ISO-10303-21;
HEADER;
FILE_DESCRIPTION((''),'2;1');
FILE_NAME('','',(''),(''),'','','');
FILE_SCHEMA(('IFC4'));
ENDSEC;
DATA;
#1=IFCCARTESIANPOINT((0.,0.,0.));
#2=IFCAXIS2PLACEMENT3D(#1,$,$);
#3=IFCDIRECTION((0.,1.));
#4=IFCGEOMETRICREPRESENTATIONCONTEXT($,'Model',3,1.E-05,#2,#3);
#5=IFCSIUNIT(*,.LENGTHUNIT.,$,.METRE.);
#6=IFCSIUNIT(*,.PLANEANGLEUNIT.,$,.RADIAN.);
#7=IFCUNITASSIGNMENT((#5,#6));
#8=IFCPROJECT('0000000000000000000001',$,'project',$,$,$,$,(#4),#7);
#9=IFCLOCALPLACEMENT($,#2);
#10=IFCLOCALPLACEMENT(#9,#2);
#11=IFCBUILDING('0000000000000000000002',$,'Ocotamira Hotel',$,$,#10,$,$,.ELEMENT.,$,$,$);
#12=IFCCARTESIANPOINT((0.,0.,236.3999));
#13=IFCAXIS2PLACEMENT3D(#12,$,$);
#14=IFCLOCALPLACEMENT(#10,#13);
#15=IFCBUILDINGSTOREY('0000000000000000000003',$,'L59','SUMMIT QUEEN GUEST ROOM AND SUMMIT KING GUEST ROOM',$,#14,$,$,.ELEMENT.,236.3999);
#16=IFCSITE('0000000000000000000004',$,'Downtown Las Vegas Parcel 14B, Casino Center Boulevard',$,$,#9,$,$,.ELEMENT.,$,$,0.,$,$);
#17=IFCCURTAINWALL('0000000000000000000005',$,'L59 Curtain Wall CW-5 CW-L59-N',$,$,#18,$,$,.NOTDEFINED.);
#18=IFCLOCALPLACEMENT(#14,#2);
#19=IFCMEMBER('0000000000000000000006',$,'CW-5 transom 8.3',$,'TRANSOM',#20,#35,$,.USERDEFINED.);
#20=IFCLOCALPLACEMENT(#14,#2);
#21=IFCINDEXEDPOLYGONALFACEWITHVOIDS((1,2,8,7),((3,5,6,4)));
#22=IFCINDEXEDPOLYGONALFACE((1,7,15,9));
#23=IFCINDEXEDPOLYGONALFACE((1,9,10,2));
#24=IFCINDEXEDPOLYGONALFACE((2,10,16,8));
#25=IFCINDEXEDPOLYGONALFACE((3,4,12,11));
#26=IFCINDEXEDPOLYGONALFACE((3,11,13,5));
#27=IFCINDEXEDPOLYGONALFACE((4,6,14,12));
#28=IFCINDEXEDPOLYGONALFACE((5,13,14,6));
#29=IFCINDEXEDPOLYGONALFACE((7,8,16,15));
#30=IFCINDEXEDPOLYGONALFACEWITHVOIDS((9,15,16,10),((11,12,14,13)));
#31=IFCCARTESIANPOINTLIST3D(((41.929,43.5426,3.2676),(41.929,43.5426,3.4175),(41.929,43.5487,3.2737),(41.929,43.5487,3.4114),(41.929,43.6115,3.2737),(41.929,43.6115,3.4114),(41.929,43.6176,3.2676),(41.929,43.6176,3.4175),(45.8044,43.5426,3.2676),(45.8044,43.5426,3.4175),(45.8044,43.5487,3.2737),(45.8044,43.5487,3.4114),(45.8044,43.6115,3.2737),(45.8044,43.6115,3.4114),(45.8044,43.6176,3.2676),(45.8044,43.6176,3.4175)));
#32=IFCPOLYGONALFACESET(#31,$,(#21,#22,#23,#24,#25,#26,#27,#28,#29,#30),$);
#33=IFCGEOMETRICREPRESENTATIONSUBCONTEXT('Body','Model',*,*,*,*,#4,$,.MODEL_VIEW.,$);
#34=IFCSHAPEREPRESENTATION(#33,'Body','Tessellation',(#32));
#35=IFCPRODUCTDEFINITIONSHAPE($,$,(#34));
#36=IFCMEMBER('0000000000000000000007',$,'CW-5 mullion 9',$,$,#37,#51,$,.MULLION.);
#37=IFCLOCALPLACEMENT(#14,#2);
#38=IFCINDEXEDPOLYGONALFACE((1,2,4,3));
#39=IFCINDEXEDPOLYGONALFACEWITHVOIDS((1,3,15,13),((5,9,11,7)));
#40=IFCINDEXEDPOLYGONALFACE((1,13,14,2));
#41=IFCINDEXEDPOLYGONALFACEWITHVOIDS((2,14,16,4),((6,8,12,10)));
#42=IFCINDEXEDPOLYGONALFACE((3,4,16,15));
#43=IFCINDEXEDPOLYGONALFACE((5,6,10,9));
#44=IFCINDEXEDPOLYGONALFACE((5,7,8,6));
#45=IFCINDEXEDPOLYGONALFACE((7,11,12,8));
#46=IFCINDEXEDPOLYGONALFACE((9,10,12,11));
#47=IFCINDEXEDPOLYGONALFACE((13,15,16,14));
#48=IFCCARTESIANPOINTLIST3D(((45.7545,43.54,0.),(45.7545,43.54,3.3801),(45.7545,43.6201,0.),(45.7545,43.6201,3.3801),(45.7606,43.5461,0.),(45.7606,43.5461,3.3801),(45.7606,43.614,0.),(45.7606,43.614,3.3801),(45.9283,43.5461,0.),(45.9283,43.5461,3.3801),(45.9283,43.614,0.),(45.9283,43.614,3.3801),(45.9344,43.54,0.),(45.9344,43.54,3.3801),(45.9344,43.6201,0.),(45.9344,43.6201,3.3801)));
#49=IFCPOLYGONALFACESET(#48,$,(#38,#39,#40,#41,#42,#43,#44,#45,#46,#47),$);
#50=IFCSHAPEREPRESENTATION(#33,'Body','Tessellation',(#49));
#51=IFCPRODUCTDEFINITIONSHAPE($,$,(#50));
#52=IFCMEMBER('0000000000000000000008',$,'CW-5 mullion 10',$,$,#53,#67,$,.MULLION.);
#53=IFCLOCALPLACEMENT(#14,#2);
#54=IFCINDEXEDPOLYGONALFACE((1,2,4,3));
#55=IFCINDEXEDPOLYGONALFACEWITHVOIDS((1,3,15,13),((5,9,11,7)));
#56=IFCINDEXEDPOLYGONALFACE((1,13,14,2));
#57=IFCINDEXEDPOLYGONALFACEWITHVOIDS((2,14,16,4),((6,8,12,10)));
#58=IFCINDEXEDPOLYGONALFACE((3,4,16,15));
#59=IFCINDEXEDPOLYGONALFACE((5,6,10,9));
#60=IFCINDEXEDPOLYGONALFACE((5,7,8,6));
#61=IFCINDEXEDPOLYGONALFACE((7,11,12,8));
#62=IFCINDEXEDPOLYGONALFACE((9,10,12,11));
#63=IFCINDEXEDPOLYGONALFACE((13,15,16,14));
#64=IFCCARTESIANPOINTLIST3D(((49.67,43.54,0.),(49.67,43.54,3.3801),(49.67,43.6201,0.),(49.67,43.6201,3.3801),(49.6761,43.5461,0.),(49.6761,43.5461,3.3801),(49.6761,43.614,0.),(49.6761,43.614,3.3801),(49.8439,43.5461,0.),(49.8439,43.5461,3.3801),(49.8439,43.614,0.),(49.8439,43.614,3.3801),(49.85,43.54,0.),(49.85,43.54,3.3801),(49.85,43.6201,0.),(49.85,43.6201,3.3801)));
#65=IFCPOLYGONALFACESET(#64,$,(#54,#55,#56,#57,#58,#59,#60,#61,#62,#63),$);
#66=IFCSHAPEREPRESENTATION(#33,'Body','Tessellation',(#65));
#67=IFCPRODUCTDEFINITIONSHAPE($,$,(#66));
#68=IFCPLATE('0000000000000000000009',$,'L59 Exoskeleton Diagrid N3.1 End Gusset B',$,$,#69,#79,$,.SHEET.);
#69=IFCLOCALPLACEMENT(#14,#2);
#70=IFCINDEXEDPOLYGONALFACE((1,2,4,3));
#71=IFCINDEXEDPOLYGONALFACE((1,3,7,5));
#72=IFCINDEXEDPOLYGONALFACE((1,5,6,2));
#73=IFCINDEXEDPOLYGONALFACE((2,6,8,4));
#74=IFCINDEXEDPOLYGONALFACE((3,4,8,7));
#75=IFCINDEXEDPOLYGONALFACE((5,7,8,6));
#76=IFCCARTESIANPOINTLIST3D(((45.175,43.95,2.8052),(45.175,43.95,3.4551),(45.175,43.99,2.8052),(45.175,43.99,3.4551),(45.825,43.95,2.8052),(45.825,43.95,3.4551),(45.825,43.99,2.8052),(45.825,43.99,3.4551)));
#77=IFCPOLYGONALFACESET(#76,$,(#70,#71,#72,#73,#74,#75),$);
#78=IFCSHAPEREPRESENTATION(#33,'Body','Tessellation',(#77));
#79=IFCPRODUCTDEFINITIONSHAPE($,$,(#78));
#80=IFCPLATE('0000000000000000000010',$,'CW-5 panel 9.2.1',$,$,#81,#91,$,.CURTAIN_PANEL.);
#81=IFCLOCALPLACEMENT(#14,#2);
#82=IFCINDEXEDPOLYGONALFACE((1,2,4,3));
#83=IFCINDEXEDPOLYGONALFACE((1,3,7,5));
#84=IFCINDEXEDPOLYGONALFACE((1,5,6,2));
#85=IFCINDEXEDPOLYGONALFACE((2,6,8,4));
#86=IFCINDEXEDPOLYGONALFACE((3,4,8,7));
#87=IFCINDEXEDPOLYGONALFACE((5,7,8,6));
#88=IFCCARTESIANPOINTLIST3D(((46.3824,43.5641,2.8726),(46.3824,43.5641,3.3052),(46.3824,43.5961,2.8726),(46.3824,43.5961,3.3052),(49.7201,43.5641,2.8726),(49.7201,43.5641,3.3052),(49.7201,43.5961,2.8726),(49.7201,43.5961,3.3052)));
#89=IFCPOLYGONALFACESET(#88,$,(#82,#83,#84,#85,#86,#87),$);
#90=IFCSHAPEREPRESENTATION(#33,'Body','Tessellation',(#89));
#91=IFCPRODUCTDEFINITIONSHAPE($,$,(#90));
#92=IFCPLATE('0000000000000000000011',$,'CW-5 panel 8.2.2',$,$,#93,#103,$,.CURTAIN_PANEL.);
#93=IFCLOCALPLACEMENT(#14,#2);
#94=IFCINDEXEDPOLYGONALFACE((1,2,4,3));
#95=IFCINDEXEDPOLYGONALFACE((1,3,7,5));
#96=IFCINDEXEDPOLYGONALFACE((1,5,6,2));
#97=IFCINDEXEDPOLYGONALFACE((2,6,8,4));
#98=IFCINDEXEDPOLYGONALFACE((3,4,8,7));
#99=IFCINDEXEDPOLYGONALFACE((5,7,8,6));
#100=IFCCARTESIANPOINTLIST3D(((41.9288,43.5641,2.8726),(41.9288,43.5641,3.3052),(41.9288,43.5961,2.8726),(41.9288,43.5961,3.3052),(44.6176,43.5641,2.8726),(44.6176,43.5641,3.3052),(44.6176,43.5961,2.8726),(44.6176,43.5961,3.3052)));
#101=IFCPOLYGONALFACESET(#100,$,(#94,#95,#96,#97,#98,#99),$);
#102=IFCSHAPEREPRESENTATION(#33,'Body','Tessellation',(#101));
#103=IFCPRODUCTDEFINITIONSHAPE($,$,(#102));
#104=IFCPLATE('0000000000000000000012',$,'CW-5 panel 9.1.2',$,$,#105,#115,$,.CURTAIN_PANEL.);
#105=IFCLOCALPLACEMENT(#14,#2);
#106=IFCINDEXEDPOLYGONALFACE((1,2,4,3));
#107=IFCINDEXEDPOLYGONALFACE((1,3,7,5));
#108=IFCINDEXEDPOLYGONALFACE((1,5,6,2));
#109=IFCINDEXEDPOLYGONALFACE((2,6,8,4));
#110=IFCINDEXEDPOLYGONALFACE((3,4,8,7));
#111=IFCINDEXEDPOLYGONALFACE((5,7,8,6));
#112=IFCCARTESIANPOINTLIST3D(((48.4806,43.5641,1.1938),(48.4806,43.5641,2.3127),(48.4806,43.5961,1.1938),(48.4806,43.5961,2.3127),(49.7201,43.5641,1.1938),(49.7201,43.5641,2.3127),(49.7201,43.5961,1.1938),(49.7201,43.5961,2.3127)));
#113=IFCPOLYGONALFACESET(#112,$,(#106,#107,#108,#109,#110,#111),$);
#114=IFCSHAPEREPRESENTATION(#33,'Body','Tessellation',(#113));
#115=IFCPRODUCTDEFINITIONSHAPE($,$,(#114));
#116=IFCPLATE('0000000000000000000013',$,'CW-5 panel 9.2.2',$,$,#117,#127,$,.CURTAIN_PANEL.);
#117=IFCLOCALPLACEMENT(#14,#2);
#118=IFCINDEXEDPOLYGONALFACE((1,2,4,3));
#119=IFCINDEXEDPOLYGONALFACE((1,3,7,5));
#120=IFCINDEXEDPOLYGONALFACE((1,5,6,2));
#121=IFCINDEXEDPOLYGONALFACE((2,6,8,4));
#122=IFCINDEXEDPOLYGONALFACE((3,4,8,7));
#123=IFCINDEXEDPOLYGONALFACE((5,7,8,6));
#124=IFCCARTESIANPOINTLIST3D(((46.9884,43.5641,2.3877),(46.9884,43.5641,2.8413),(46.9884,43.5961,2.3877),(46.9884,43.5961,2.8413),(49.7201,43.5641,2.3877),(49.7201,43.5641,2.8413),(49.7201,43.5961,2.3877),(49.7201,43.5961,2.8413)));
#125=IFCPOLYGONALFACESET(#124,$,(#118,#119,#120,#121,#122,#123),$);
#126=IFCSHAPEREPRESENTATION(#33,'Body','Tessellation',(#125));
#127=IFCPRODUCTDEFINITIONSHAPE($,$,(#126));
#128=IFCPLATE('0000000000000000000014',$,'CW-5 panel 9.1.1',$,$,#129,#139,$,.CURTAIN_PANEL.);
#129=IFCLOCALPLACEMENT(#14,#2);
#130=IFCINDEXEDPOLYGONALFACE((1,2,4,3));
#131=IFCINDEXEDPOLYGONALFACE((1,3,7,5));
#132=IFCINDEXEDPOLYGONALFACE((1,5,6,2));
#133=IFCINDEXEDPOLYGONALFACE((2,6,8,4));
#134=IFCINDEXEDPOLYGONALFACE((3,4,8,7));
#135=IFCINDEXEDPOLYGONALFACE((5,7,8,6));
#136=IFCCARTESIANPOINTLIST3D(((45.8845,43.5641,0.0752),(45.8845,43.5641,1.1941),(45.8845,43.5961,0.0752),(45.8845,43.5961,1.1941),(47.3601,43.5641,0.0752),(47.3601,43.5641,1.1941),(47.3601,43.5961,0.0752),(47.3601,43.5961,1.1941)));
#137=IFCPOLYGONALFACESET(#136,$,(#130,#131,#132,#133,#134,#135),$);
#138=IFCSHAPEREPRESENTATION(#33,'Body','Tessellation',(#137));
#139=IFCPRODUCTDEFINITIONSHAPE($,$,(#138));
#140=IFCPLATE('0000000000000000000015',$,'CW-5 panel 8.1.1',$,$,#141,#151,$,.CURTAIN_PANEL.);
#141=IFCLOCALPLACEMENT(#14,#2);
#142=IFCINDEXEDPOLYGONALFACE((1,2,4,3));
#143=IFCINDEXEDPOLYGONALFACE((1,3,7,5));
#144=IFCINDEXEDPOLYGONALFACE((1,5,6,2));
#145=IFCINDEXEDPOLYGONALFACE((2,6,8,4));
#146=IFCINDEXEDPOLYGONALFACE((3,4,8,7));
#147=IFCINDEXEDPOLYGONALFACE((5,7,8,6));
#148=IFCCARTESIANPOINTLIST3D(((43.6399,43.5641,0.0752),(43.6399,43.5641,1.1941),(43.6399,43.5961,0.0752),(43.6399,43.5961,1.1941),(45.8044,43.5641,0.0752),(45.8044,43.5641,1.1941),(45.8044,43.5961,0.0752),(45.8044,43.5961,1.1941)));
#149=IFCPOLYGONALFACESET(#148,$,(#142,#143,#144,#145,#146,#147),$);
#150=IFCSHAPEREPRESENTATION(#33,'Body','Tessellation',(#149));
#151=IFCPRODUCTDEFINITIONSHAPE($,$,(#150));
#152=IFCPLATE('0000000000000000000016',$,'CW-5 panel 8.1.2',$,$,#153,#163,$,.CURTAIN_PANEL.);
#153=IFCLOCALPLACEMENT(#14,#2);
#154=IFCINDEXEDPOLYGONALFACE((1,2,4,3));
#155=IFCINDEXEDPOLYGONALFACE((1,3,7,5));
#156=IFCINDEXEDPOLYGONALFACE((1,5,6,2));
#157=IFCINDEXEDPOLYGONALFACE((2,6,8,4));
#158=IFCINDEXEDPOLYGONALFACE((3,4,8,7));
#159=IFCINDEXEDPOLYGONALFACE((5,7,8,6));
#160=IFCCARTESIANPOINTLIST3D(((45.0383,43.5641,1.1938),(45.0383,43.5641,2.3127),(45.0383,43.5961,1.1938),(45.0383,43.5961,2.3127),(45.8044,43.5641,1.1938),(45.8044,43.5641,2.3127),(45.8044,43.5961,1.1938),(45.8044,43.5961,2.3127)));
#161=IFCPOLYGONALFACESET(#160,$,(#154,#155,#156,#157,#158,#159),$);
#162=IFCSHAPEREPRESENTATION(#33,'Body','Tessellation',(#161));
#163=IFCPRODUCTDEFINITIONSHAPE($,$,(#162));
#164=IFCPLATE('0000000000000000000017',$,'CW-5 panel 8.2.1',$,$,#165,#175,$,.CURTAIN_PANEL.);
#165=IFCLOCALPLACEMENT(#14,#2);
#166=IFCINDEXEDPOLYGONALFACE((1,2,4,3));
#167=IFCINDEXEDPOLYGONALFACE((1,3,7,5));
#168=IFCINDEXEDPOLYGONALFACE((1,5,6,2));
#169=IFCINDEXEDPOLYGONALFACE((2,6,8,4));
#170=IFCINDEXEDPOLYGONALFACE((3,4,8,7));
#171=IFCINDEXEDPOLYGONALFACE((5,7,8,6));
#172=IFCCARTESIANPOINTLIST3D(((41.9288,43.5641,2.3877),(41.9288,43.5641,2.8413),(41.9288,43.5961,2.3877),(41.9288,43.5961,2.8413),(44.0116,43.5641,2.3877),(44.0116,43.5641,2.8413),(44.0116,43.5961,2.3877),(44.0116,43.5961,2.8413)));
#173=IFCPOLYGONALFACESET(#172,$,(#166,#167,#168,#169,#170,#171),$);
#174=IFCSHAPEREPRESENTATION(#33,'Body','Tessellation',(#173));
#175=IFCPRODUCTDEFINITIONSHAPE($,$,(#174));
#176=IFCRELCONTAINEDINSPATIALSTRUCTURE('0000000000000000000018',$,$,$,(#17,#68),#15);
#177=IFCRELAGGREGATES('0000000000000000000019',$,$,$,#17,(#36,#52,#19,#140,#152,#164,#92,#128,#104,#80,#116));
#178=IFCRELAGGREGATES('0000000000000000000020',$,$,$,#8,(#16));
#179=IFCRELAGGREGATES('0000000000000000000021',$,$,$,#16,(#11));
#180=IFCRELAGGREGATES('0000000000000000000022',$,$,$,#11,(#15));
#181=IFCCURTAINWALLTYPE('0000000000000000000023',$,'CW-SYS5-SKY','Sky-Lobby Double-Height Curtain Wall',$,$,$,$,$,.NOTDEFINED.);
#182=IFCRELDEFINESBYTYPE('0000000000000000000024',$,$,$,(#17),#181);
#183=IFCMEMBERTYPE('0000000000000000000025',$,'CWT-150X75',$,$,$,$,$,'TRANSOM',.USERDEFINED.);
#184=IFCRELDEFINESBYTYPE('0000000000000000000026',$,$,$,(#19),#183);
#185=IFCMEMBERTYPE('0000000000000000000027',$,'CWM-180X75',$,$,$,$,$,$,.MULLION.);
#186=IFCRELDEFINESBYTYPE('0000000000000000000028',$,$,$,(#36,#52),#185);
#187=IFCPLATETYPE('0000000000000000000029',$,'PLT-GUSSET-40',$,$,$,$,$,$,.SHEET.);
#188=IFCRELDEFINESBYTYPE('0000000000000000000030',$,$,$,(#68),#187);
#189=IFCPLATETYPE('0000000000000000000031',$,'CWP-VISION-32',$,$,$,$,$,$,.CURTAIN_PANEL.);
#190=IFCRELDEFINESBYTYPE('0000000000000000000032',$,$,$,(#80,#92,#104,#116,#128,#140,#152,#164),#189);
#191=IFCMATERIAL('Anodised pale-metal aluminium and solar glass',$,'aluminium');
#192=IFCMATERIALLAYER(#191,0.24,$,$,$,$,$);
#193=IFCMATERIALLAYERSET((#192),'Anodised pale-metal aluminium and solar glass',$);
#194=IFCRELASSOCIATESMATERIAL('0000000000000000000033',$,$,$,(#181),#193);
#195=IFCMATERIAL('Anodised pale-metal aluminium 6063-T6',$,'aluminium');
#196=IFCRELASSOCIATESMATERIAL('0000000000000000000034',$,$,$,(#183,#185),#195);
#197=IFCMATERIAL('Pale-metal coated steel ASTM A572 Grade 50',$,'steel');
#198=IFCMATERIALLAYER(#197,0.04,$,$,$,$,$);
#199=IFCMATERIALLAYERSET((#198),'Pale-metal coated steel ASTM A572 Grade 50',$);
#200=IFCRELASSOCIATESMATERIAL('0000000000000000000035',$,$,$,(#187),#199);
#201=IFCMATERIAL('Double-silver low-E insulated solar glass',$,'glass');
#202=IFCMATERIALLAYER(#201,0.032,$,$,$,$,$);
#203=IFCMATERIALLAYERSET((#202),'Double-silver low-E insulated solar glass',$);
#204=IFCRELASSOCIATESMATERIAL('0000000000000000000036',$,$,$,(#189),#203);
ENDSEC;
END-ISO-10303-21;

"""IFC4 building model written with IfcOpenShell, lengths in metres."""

from ifc_helpers import new_model, si_unit, direction, frame, origin, origin_2d, place, context, subcontext, project, spatial, rectangle, hollow_rectangle, extrude, source, transform, mapped, material, layer, layer_set, material_profile, profile_set, type_object, element, aggregate, save


model = new_model("IFC4")

# Units and contexts
model_context = context("Model", 3, precision=1e-05, world=origin(), true_north=direction((0.0, 1.0)))
body_context = subcontext(model_context, "Body", "Model", "MODEL_VIEW")
ifc_project = project(units=[si_unit("LENGTHUNIT", "METRE"), si_unit("PLANEANGLEUNIT", "RADIAN")], contexts=[model_context])

# Site, building, storey
site_placement = place(None, origin())
site = spatial("IfcSite", under=ifc_project, at=site_placement, Name="Downtown Las Vegas Parcel 14B, Casino Center Boulevard", CompositionType="ELEMENT", RefElevation=0.0)
building_placement = place(site_placement, origin())
building = spatial("IfcBuilding", under=site, at=building_placement, Name="Ocotamira Hotel", CompositionType="ELEMENT")
storey_placement = place(building_placement, frame((0.0, 0.0, 236.3999)))
storey = spatial("IfcBuildingStorey", under=building, at=storey_placement, Name="L59", Description="SUMMIT QUEEN GUEST ROOM AND SUMMIT KING GUEST ROOM", CompositionType="ELEMENT", Elevation=236.3999)

# Curtain wall, members
ifc_material_1 = material(Name="Anodised pale-metal aluminium and solar glass", Category="aluminium")
ifc_layer_1 = layer(ifc_material_1, 0.24)
ifc_layer_set_1 = layer_set([ifc_layer_1], Name="Anodised pale-metal aluminium and solar glass")
curtain_wall_type = type_object("IfcCurtainWallType", Name="CW-SYS5-SKY", Description="Sky-Lobby Double-Height Curtain Wall", PredefinedType="NOTDEFINED", material=ifc_layer_set_1)
curtain_wall_placement = place(storey_placement, origin())
curtain_wall = element("IfcCurtainWall", 1, at=curtain_wall_placement, inside=storey, type_object=curtain_wall_type, Name="L59 Curtain Wall CW-5 CW-L59-N", PredefinedType="NOTDEFINED")
ifc_material_2 = material(Name="Anodised pale-metal aluminium 6063-T6", Category="aluminium")
ifc_material_profile_1 = material_profile(ifc_material_2, hollow_rectangle(XDim=0.075, YDim=0.1499, WallThickness=0.0061, at=origin_2d()), Name="HSS150X75X6")
ifc_profile_set_1 = profile_set([ifc_material_profile_1], Name="Anodised pale-metal aluminium 6063-T6")
member_type_1 = type_object("IfcMemberType", Name="CWT-150X75", ElementType="TRANSOM", PredefinedType="USERDEFINED", material=ifc_profile_set_1)
shared_shape_1 = source(origin(), body_context, "Body", "SweptSolid", [
    extrude(hollow_rectangle(XDim=0.075, YDim=0.1499, WallThickness=0.0061, at=origin_2d()), origin(), (0.0, 0.0, 1.0), 3.8755),
])
member_1_placement = place(storey_placement, frame((41.929, 43.5801, 3.3425), z_axis=(1.0, 0.0, 0.0), x_axis=(0.0, 1.0, 0.0)))
member_1 = element("IfcMember", 2, at=member_1_placement, type_object=member_type_1, Name="CW-5 transom 8.3", ObjectType="TRANSOM", PredefinedType="USERDEFINED", context=body_context, shape_type="MappedRepresentation", body=[
    mapped(shared_shape_1, transform((0.0, 0.0, 0.0), scale=1.0)),
])
ifc_material_profile_2 = material_profile(ifc_material_2, hollow_rectangle(XDim=0.0801, YDim=0.1799, WallThickness=0.0061, at=origin_2d()), Name="HSS180X80X6")
ifc_profile_set_2 = profile_set([ifc_material_profile_2], Name="Anodised pale-metal aluminium 6063-T6")
member_type_2 = type_object("IfcMemberType", Name="CWM-180X75", PredefinedType="MULLION", material=ifc_profile_set_2)
shared_shape_2 = source(origin(), body_context, "Body", "SweptSolid", [
    extrude(hollow_rectangle(XDim=0.0801, YDim=0.1799, WallThickness=0.0061, at=origin_2d()), origin(), (0.0, 0.0, 1.0), 3.3801),
])
member_2_placement = place(storey_placement, frame((45.8445, 43.5801, 0.0), z_axis=(0.0, 0.0, 1.0), x_axis=(0.0, 1.0, 0.0)))
member_2 = element("IfcMember", 3, at=member_2_placement, type_object=member_type_2, Name="CW-5 mullion 9", PredefinedType="MULLION", context=body_context, shape_type="MappedRepresentation", body=[
    mapped(shared_shape_2, transform((0.0, 0.0, 0.0), scale=1.0)),
])
member_3_placement = place(storey_placement, frame((49.76, 43.5801, 0.0), z_axis=(0.0, 0.0, 1.0), x_axis=(0.0, 1.0, 0.0)))
member_3 = element("IfcMember", 4, at=member_3_placement, type_object=member_type_2, Name="CW-5 mullion 10", PredefinedType="MULLION", context=body_context, shape_type="MappedRepresentation", body=[
    mapped(shared_shape_2, transform((0.0, 0.0, 0.0), scale=1.0)),
])

# Plates
ifc_material_3 = material(Name="Pale-metal coated steel ASTM A572 Grade 50", Category="steel")
ifc_layer_2 = layer(ifc_material_3, 0.04)
ifc_layer_set_2 = layer_set([ifc_layer_2], Name="Pale-metal coated steel ASTM A572 Grade 50")
plate_type_1 = type_object("IfcPlateType", Name="PLT-GUSSET-40", PredefinedType="SHEET", material=ifc_layer_set_2)
shared_shape_3 = source(origin(), body_context, "Body", "SweptSolid", [
    extrude(rectangle(XDim=0.6499, YDim=0.04, at=origin_2d()), origin(), (0.0, 0.0, 1.0), 0.6499),
])
plate_1_placement = place(storey_placement, frame((45.5, 43.97, 2.8052), z_axis=(0.0, 0.0, 1.0), x_axis=(1.0, 0.0, 0.0)))
element("IfcPlate", 5, at=plate_1_placement, inside=storey, type_object=plate_type_1, Name="L59 Exoskeleton Diagrid N3.1 End Gusset B", PredefinedType="SHEET", context=body_context, shape_type="MappedRepresentation", body=[
    mapped(shared_shape_3, transform((0.0, 0.0, 0.0), scale=1.0)),
])
ifc_material_4 = material(Name="Double-silver low-E insulated solar glass", Category="glass")
ifc_layer_3 = layer(ifc_material_4, 0.032)
ifc_layer_set_3 = layer_set([ifc_layer_3], Name="Double-silver low-E insulated solar glass")
plate_type_2 = type_object("IfcPlateType", Name="CWP-VISION-32", PredefinedType="CURTAIN_PANEL", material=ifc_layer_set_3)
shared_shape_4 = source(origin(), body_context, "Body", "SweptSolid", [
    extrude(rectangle(XDim=3.3376, YDim=0.032, at=origin_2d()), origin(), (0.0, 0.0, 1.0), 0.4326),
])
plate_2_placement = place(storey_placement, frame((48.0513, 43.5801, 2.8726), z_axis=(0.0, 0.0, 1.0), x_axis=(1.0, 0.0, 0.0)))
plate_2 = element("IfcPlate", 6, at=plate_2_placement, type_object=plate_type_2, Name="CW-5 panel 9.2.1", PredefinedType="CURTAIN_PANEL", context=body_context, shape_type="MappedRepresentation", body=[
    mapped(shared_shape_4, transform((0.0, 0.0, 0.0), scale=1.0)),
])
shared_shape_5 = source(origin(), body_context, "Body", "SweptSolid", [
    extrude(rectangle(XDim=2.6887, YDim=0.032, at=origin_2d()), origin(), (0.0, 0.0, 1.0), 0.4326),
])
plate_3_placement = place(storey_placement, frame((43.2732, 43.5801, 2.8726), z_axis=(0.0, 0.0, 1.0), x_axis=(1.0, 0.0, 0.0)))
plate_3 = element("IfcPlate", 7, at=plate_3_placement, type_object=plate_type_2, Name="CW-5 panel 8.2.2", PredefinedType="CURTAIN_PANEL", context=body_context, shape_type="MappedRepresentation", body=[
    mapped(shared_shape_5, transform((0.0, 0.0, 0.0), scale=1.0)),
])
shared_shape_6 = source(origin(), body_context, "Body", "SweptSolid", [
    extrude(rectangle(XDim=1.2395, YDim=0.032, at=origin_2d()), origin(), (0.0, 0.0, 1.0), 1.1189),
])
plate_4_placement = place(storey_placement, frame((49.1003, 43.5801, 1.1938), z_axis=(0.0, 0.0, 1.0), x_axis=(1.0, 0.0, 0.0)))
plate_4 = element("IfcPlate", 8, at=plate_4_placement, type_object=plate_type_2, Name="CW-5 panel 9.1.2", PredefinedType="CURTAIN_PANEL", context=body_context, shape_type="MappedRepresentation", body=[
    mapped(shared_shape_6, transform((0.0, 0.0, 0.0), scale=1.0)),
])
shared_shape_7 = source(origin(), body_context, "Body", "SweptSolid", [
    extrude(rectangle(XDim=2.7317, YDim=0.032, at=origin_2d()), origin(), (0.0, 0.0, 1.0), 0.4536),
])
plate_5_placement = place(storey_placement, frame((48.3542, 43.5801, 2.3877), z_axis=(0.0, 0.0, 1.0), x_axis=(1.0, 0.0, 0.0)))
plate_5 = element("IfcPlate", 9, at=plate_5_placement, type_object=plate_type_2, Name="CW-5 panel 9.2.2", PredefinedType="CURTAIN_PANEL", context=body_context, shape_type="MappedRepresentation", body=[
    mapped(shared_shape_7, transform((0.0, 0.0, 0.0), scale=1.0)),
])
shared_shape_8 = source(origin(), body_context, "Body", "SweptSolid", [
    extrude(rectangle(XDim=1.4756, YDim=0.032, at=origin_2d()), origin(), (0.0, 0.0, 1.0), 1.1189),
])
plate_6_placement = place(storey_placement, frame((46.6223, 43.5801, 0.0752), z_axis=(0.0, 0.0, 1.0), x_axis=(1.0, 0.0, 0.0)))
plate_6 = element("IfcPlate", 10, at=plate_6_placement, type_object=plate_type_2, Name="CW-5 panel 9.1.1", PredefinedType="CURTAIN_PANEL", context=body_context, shape_type="MappedRepresentation", body=[
    mapped(shared_shape_8, transform((0.0, 0.0, 0.0), scale=1.0)),
])
shared_shape_9 = source(origin(), body_context, "Body", "SweptSolid", [
    extrude(rectangle(XDim=2.1646, YDim=0.032, at=origin_2d()), origin(), (0.0, 0.0, 1.0), 1.1189),
])
plate_7_placement = place(storey_placement, frame((44.7222, 43.5801, 0.0752), z_axis=(0.0, 0.0, 1.0), x_axis=(1.0, 0.0, 0.0)))
plate_7 = element("IfcPlate", 11, at=plate_7_placement, type_object=plate_type_2, Name="CW-5 panel 8.1.1", PredefinedType="CURTAIN_PANEL", context=body_context, shape_type="MappedRepresentation", body=[
    mapped(shared_shape_9, transform((0.0, 0.0, 0.0), scale=1.0)),
])
shared_shape_10 = source(origin(), body_context, "Body", "SweptSolid", [
    extrude(rectangle(XDim=0.7661, YDim=0.032, at=origin_2d()), origin(), (0.0, 0.0, 1.0), 1.1189),
])
plate_8_placement = place(storey_placement, frame((45.4214, 43.5801, 1.1938), z_axis=(0.0, 0.0, 1.0), x_axis=(1.0, 0.0, 0.0)))
plate_8 = element("IfcPlate", 12, at=plate_8_placement, type_object=plate_type_2, Name="CW-5 panel 8.1.2", PredefinedType="CURTAIN_PANEL", context=body_context, shape_type="MappedRepresentation", body=[
    mapped(shared_shape_10, transform((0.0, 0.0, 0.0), scale=1.0)),
])
shared_shape_11 = source(origin(), body_context, "Body", "SweptSolid", [
    extrude(rectangle(XDim=2.0828, YDim=0.032, at=origin_2d()), origin(), (0.0, 0.0, 1.0), 0.4536),
])
plate_9_placement = place(storey_placement, frame((42.9702, 43.5801, 2.3877), z_axis=(0.0, 0.0, 1.0), x_axis=(1.0, 0.0, 0.0)))
plate_9 = element("IfcPlate", 13, at=plate_9_placement, type_object=plate_type_2, Name="CW-5 panel 8.2.1", PredefinedType="CURTAIN_PANEL", context=body_context, shape_type="MappedRepresentation", body=[
    mapped(shared_shape_11, transform((0.0, 0.0, 0.0), scale=1.0)),
])
aggregate(curtain_wall, [member_2, member_3, member_1, plate_7, plate_8, plate_9, plate_3, plate_6, plate_4, plate_2, plate_5])

save(model, "model.ifc")
